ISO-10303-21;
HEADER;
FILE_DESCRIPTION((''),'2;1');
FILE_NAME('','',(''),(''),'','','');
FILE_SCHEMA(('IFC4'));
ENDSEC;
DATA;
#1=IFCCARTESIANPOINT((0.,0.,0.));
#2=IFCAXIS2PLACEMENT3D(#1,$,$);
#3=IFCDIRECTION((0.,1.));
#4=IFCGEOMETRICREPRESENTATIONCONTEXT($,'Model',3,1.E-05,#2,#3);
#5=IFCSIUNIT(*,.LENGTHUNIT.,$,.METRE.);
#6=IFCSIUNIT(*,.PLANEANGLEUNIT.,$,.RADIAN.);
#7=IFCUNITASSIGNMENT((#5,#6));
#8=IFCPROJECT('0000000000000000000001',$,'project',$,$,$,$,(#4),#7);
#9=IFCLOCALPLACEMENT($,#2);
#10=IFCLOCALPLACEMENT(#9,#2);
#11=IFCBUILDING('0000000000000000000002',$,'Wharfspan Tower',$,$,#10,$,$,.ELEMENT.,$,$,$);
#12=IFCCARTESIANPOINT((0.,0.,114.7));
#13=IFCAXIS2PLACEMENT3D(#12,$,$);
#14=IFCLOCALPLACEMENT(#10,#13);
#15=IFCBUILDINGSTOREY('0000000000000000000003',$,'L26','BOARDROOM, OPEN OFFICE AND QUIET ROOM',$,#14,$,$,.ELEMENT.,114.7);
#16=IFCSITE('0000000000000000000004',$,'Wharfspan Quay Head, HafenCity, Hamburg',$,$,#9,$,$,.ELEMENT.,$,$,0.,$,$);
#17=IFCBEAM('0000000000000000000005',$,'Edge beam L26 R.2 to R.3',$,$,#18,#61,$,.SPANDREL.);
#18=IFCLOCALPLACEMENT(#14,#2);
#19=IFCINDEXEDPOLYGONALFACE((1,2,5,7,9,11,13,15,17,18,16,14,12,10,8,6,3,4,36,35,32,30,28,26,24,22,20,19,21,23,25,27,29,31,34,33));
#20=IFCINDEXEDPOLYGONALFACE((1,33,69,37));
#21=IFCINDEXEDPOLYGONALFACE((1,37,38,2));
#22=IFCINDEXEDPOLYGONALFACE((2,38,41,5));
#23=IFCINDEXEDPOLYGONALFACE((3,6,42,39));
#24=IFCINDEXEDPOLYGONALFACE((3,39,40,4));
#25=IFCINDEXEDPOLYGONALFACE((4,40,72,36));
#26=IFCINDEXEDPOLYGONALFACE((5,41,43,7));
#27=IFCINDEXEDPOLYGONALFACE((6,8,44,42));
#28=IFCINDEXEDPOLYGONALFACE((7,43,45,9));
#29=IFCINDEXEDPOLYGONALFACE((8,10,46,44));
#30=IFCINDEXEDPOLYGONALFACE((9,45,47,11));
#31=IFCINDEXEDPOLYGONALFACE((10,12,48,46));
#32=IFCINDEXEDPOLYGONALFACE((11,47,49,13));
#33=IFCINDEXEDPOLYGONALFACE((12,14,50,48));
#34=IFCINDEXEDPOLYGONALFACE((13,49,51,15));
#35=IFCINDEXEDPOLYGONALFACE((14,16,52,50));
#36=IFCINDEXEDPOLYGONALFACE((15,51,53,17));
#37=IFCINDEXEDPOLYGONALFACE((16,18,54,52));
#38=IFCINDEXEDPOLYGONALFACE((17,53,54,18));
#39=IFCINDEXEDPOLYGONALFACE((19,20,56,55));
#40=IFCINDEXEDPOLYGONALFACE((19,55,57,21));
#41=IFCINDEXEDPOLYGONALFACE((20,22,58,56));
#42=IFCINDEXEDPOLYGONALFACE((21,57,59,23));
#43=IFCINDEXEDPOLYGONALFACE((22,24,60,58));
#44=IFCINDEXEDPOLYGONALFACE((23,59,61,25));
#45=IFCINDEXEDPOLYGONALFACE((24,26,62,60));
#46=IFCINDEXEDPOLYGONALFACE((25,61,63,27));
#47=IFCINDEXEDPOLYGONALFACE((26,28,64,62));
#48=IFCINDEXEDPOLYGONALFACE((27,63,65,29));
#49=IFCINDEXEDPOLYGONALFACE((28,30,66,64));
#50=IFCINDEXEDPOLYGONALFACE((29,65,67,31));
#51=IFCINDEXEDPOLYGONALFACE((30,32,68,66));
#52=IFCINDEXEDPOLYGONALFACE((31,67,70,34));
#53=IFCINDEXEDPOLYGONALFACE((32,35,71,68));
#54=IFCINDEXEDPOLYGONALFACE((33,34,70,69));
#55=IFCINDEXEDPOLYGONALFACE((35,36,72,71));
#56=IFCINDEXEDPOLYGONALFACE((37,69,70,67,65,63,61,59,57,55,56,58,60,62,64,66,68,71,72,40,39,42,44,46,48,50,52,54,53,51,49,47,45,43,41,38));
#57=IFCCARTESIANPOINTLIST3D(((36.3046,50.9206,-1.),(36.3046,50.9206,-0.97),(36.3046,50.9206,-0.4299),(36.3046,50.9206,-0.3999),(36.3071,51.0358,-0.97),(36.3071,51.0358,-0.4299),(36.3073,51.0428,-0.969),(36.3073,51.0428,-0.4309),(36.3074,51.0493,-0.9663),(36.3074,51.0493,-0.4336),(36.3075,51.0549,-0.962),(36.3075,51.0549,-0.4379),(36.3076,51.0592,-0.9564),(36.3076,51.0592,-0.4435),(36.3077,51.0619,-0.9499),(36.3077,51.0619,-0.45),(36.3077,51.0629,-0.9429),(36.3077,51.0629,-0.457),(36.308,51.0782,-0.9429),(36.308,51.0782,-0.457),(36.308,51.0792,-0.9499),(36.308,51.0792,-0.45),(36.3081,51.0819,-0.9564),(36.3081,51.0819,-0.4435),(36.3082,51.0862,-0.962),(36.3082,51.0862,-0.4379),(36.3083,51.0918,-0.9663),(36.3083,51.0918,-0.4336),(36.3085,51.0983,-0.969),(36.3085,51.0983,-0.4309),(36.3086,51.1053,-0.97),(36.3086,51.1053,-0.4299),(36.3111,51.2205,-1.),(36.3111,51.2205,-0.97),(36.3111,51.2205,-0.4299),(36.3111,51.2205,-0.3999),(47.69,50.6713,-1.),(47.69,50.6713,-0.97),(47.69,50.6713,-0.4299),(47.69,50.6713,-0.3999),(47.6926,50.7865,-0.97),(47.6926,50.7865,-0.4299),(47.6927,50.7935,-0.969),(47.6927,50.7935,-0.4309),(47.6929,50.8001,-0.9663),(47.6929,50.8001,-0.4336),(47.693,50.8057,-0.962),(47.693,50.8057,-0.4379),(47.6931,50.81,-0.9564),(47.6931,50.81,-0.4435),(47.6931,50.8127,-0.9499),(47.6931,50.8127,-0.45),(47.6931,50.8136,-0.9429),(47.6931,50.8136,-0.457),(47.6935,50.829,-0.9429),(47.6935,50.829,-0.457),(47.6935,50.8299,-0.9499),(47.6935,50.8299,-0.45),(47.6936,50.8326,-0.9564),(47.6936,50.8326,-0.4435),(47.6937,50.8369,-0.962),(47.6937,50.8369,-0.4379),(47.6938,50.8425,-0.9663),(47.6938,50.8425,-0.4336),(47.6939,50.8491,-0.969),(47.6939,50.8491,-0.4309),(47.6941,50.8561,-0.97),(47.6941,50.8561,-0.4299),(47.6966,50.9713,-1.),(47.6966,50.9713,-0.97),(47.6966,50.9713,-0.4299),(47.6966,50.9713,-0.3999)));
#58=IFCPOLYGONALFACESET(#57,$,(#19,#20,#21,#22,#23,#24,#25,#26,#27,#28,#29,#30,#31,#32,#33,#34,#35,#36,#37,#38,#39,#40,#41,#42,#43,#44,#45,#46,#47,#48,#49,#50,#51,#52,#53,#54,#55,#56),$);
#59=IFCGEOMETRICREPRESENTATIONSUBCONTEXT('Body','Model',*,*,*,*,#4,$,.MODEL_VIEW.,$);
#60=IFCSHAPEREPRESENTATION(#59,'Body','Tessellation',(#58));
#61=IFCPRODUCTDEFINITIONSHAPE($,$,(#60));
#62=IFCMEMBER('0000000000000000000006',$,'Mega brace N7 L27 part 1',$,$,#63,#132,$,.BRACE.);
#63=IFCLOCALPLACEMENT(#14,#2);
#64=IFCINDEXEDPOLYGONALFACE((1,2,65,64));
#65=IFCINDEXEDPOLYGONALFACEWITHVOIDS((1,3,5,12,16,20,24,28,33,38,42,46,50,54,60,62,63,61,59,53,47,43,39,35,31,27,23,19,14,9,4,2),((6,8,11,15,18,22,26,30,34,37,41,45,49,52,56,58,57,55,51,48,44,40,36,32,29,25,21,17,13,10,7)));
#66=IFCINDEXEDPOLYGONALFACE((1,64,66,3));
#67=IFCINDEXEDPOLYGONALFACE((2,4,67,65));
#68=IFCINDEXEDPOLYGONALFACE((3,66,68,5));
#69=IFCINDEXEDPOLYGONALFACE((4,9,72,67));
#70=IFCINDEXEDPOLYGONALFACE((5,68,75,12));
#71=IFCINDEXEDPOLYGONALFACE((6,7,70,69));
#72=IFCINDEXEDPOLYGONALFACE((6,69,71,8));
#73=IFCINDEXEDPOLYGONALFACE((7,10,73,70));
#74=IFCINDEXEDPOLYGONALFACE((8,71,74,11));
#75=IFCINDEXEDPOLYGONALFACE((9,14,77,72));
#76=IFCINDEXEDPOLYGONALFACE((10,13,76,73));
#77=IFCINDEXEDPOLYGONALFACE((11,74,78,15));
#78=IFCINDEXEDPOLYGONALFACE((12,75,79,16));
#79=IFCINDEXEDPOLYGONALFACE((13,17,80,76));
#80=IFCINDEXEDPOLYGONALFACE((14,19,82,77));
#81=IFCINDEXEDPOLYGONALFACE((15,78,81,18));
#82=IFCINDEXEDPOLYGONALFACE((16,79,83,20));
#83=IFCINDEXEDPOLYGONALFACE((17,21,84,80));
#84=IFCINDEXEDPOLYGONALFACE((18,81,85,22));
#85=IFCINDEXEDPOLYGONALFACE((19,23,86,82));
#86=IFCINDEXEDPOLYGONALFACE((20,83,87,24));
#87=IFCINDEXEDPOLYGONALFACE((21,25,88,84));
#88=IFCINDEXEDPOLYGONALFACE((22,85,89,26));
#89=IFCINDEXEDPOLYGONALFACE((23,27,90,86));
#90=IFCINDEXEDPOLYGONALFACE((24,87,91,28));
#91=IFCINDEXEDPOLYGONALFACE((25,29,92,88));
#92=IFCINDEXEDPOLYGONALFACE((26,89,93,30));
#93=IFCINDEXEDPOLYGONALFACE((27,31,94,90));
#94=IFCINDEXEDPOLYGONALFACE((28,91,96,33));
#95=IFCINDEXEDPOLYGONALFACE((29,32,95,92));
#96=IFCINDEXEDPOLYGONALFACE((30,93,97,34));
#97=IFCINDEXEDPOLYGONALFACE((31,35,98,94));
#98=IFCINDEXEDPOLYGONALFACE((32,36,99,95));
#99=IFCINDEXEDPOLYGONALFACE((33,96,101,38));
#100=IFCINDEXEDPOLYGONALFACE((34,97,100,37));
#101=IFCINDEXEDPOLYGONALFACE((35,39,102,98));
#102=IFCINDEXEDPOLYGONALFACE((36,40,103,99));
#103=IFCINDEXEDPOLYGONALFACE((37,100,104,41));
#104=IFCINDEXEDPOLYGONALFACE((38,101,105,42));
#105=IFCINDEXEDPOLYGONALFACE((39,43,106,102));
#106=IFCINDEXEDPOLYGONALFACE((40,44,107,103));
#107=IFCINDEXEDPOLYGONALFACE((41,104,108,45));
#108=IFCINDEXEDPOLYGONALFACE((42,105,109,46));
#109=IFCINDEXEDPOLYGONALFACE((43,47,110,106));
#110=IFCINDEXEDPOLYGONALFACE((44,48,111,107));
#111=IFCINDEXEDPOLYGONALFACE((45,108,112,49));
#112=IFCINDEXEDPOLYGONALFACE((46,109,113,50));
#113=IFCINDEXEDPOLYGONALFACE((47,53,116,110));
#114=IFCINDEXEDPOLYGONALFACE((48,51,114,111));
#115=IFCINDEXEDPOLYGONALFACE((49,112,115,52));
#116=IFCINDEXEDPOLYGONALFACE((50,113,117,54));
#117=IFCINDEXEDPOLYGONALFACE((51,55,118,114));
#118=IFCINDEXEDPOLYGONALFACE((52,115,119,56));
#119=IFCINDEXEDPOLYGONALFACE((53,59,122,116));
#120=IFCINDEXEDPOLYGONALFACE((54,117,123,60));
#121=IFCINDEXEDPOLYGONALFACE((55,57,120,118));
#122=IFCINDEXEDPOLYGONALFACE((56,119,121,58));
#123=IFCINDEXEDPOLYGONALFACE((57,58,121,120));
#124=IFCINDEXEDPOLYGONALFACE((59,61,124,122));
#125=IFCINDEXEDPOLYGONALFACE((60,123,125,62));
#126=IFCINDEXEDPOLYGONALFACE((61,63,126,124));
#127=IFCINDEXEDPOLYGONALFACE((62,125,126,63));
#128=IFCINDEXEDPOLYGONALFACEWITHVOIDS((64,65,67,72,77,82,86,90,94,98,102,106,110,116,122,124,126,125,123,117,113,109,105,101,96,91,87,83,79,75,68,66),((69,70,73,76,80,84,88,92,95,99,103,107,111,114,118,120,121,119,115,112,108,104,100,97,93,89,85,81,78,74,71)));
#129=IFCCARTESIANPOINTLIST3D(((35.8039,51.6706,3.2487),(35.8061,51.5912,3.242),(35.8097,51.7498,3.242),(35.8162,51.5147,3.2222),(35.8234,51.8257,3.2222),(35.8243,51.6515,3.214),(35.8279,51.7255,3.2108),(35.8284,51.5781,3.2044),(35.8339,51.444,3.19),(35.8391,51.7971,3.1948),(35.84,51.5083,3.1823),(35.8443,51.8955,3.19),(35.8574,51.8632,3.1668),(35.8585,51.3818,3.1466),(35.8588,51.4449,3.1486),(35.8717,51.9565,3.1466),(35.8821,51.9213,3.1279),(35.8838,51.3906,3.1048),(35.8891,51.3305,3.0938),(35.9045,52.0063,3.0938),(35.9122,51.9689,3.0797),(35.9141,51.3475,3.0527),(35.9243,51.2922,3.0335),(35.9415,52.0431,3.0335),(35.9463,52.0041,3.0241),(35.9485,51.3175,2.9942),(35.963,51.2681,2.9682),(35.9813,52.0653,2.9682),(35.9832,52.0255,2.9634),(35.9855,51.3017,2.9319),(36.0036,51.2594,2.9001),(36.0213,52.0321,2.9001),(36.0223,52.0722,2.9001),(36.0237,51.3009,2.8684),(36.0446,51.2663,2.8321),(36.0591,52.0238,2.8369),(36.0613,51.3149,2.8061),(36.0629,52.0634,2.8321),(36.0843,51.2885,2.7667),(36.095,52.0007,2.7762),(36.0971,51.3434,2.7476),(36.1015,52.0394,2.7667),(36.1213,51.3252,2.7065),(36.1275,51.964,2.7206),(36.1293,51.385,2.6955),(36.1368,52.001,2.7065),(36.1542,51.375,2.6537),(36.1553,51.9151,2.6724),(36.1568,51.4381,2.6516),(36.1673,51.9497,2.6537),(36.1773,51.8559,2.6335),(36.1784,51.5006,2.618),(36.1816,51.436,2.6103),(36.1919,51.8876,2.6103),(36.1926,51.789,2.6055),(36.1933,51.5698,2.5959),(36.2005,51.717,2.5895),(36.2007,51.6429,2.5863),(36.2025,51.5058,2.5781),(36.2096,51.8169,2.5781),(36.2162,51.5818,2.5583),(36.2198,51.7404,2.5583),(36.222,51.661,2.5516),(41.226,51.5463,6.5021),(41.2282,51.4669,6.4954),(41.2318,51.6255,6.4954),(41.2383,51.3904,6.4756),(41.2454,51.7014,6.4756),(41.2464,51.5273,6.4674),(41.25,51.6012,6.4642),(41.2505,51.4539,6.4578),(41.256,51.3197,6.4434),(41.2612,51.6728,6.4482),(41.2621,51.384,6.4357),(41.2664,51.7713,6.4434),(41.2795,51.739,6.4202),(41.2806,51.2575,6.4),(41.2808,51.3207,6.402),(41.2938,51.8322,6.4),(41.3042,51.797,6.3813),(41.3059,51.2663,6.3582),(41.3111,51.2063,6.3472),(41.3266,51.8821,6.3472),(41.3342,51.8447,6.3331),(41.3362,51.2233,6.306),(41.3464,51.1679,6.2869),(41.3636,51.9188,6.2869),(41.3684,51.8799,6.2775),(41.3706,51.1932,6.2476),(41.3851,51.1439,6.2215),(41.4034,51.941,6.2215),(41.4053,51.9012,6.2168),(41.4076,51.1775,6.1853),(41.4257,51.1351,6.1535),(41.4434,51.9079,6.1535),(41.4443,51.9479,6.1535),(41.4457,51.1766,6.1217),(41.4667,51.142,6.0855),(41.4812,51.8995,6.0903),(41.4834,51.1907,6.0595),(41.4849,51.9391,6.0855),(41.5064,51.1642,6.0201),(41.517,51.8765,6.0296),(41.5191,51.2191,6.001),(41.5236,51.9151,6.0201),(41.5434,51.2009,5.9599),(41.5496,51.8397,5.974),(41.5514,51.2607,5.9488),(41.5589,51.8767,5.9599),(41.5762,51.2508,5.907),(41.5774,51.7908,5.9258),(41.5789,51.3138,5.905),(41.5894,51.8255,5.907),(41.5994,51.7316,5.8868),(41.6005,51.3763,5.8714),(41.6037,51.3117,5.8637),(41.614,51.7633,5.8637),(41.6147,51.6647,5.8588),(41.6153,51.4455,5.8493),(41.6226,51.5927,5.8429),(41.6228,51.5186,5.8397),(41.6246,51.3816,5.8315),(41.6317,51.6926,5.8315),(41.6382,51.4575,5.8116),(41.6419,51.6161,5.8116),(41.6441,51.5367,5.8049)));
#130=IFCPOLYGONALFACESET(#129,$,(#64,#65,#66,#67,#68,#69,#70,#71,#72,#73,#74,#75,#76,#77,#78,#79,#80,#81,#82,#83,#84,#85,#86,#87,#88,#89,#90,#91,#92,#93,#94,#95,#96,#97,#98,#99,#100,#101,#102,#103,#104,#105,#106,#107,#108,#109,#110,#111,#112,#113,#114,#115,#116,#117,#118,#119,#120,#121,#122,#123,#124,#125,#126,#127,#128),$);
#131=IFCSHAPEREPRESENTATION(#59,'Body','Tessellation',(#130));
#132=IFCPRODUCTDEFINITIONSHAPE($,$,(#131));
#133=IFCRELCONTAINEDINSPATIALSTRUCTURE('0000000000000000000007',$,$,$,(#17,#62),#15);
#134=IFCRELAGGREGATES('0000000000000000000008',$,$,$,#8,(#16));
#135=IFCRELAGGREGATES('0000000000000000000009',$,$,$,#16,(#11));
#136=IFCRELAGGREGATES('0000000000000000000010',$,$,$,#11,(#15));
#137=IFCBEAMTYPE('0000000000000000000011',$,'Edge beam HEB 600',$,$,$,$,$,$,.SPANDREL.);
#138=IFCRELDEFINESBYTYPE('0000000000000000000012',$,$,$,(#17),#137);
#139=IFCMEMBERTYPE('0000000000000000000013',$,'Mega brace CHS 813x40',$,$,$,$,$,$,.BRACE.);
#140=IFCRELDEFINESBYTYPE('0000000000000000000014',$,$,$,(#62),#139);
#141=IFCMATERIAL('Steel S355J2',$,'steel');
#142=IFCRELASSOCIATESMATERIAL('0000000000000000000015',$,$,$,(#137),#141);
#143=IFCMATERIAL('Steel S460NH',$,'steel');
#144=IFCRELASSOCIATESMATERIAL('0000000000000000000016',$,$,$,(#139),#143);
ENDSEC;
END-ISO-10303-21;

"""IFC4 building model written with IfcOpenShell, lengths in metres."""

from ifc_helpers import new_model, si_unit, direction, frame, origin, origin_2d, place, context, subcontext, project, spatial, hollow_circle, i_section, extrude, material, material_profile, profile_set, type_object, element, save


model = new_model("IFC4")

# Units and contexts
model_context = context("Model", 3, precision=1e-05, world=origin(), true_north=direction((0.0, 1.0)))
body_context = subcontext(model_context, "Body", "Model", "MODEL_VIEW")
ifc_project = project(units=[si_unit("LENGTHUNIT", "METRE"), si_unit("PLANEANGLEUNIT", "RADIAN")], contexts=[model_context])

# Site, building, storey
site_placement = place(None, origin())
site = spatial("IfcSite", under=ifc_project, at=site_placement, Name="Wharfspan Quay Head, HafenCity, Hamburg", CompositionType="ELEMENT", RefElevation=0.0)
building_placement = place(site_placement, origin())
building = spatial("IfcBuilding", under=site, at=building_placement, Name="Wharfspan Tower", CompositionType="ELEMENT")
storey_placement = place(building_placement, frame((0.0, 0.0, 114.7)))
storey = spatial("IfcBuildingStorey", under=building, at=storey_placement, Name="L26", Description="BOARDROOM, OPEN OFFICE AND QUIET ROOM", CompositionType="ELEMENT", Elevation=114.7)

# Shared definitions
ifc_material_1 = material(Name="Steel S355J2", Category="steel")

# Beam
ifc_material_profile_1 = material_profile(ifc_material_1, i_section(OverallWidth=0.3, OverallDepth=0.6001, WebThickness=0.0154, FlangeThickness=0.03, FilletRadius=0.0271, at=origin_2d()))
ifc_profile_set_1 = profile_set([ifc_material_profile_1], Name="Steel S355J2")
beam_type = type_object("IfcBeamType", Name="Edge beam HEB 600", PredefinedType="SPANDREL", material=ifc_profile_set_1)
beam_1_placement = place(storey_placement, frame((36.3079, 51.0706, -0.7), z_axis=(0.99976, -0.021888, 0.0), x_axis=(0.021888, 0.99976, 0.0)))
element("IfcBeam", 1, at=beam_1_placement, inside=storey, type_object=beam_type, Name="Edge beam L26 R.2 to R.3", PredefinedType="SPANDREL", context=body_context, shape_type="SweptSolid", body=[
    extrude(i_section(OverallWidth=0.3, OverallDepth=0.6001, WebThickness=0.0154, FlangeThickness=0.03, FilletRadius=0.0271, at=origin_2d()), origin(), (0.0, 0.0, 1.0), 11.3882),
])

# Member
ifc_material_2 = material(Name="Steel S460NH", Category="steel")
ifc_material_profile_2 = material_profile(ifc_material_2, hollow_circle(Radius=0.4065, WallThickness=0.04, at=origin_2d()))
ifc_profile_set_2 = profile_set([ifc_material_profile_2], Name="Steel S460NH")
member_type = type_object("IfcMemberType", Name="Mega brace CHS 813x40", PredefinedType="BRACE", material=ifc_profile_set_2)
member_1_placement = place(storey_placement, frame((36.0129, 51.6658, 2.9001), z_axis=(0.857317, -0.019649, 0.514413), x_axis=(0.022912, 0.999739, 0.000002)))
element("IfcMember", 2, at=member_1_placement, inside=storey, type_object=member_type, Name="Mega brace N7 L27 part 1", PredefinedType="BRACE", context=body_context, shape_type="SweptSolid", body=[
    extrude(hollow_circle(Radius=0.4065, WallThickness=0.04, at=origin_2d()), origin(), (0.0, 0.0, 1.0), 6.3245),
])

save(model, "model.ifc")
